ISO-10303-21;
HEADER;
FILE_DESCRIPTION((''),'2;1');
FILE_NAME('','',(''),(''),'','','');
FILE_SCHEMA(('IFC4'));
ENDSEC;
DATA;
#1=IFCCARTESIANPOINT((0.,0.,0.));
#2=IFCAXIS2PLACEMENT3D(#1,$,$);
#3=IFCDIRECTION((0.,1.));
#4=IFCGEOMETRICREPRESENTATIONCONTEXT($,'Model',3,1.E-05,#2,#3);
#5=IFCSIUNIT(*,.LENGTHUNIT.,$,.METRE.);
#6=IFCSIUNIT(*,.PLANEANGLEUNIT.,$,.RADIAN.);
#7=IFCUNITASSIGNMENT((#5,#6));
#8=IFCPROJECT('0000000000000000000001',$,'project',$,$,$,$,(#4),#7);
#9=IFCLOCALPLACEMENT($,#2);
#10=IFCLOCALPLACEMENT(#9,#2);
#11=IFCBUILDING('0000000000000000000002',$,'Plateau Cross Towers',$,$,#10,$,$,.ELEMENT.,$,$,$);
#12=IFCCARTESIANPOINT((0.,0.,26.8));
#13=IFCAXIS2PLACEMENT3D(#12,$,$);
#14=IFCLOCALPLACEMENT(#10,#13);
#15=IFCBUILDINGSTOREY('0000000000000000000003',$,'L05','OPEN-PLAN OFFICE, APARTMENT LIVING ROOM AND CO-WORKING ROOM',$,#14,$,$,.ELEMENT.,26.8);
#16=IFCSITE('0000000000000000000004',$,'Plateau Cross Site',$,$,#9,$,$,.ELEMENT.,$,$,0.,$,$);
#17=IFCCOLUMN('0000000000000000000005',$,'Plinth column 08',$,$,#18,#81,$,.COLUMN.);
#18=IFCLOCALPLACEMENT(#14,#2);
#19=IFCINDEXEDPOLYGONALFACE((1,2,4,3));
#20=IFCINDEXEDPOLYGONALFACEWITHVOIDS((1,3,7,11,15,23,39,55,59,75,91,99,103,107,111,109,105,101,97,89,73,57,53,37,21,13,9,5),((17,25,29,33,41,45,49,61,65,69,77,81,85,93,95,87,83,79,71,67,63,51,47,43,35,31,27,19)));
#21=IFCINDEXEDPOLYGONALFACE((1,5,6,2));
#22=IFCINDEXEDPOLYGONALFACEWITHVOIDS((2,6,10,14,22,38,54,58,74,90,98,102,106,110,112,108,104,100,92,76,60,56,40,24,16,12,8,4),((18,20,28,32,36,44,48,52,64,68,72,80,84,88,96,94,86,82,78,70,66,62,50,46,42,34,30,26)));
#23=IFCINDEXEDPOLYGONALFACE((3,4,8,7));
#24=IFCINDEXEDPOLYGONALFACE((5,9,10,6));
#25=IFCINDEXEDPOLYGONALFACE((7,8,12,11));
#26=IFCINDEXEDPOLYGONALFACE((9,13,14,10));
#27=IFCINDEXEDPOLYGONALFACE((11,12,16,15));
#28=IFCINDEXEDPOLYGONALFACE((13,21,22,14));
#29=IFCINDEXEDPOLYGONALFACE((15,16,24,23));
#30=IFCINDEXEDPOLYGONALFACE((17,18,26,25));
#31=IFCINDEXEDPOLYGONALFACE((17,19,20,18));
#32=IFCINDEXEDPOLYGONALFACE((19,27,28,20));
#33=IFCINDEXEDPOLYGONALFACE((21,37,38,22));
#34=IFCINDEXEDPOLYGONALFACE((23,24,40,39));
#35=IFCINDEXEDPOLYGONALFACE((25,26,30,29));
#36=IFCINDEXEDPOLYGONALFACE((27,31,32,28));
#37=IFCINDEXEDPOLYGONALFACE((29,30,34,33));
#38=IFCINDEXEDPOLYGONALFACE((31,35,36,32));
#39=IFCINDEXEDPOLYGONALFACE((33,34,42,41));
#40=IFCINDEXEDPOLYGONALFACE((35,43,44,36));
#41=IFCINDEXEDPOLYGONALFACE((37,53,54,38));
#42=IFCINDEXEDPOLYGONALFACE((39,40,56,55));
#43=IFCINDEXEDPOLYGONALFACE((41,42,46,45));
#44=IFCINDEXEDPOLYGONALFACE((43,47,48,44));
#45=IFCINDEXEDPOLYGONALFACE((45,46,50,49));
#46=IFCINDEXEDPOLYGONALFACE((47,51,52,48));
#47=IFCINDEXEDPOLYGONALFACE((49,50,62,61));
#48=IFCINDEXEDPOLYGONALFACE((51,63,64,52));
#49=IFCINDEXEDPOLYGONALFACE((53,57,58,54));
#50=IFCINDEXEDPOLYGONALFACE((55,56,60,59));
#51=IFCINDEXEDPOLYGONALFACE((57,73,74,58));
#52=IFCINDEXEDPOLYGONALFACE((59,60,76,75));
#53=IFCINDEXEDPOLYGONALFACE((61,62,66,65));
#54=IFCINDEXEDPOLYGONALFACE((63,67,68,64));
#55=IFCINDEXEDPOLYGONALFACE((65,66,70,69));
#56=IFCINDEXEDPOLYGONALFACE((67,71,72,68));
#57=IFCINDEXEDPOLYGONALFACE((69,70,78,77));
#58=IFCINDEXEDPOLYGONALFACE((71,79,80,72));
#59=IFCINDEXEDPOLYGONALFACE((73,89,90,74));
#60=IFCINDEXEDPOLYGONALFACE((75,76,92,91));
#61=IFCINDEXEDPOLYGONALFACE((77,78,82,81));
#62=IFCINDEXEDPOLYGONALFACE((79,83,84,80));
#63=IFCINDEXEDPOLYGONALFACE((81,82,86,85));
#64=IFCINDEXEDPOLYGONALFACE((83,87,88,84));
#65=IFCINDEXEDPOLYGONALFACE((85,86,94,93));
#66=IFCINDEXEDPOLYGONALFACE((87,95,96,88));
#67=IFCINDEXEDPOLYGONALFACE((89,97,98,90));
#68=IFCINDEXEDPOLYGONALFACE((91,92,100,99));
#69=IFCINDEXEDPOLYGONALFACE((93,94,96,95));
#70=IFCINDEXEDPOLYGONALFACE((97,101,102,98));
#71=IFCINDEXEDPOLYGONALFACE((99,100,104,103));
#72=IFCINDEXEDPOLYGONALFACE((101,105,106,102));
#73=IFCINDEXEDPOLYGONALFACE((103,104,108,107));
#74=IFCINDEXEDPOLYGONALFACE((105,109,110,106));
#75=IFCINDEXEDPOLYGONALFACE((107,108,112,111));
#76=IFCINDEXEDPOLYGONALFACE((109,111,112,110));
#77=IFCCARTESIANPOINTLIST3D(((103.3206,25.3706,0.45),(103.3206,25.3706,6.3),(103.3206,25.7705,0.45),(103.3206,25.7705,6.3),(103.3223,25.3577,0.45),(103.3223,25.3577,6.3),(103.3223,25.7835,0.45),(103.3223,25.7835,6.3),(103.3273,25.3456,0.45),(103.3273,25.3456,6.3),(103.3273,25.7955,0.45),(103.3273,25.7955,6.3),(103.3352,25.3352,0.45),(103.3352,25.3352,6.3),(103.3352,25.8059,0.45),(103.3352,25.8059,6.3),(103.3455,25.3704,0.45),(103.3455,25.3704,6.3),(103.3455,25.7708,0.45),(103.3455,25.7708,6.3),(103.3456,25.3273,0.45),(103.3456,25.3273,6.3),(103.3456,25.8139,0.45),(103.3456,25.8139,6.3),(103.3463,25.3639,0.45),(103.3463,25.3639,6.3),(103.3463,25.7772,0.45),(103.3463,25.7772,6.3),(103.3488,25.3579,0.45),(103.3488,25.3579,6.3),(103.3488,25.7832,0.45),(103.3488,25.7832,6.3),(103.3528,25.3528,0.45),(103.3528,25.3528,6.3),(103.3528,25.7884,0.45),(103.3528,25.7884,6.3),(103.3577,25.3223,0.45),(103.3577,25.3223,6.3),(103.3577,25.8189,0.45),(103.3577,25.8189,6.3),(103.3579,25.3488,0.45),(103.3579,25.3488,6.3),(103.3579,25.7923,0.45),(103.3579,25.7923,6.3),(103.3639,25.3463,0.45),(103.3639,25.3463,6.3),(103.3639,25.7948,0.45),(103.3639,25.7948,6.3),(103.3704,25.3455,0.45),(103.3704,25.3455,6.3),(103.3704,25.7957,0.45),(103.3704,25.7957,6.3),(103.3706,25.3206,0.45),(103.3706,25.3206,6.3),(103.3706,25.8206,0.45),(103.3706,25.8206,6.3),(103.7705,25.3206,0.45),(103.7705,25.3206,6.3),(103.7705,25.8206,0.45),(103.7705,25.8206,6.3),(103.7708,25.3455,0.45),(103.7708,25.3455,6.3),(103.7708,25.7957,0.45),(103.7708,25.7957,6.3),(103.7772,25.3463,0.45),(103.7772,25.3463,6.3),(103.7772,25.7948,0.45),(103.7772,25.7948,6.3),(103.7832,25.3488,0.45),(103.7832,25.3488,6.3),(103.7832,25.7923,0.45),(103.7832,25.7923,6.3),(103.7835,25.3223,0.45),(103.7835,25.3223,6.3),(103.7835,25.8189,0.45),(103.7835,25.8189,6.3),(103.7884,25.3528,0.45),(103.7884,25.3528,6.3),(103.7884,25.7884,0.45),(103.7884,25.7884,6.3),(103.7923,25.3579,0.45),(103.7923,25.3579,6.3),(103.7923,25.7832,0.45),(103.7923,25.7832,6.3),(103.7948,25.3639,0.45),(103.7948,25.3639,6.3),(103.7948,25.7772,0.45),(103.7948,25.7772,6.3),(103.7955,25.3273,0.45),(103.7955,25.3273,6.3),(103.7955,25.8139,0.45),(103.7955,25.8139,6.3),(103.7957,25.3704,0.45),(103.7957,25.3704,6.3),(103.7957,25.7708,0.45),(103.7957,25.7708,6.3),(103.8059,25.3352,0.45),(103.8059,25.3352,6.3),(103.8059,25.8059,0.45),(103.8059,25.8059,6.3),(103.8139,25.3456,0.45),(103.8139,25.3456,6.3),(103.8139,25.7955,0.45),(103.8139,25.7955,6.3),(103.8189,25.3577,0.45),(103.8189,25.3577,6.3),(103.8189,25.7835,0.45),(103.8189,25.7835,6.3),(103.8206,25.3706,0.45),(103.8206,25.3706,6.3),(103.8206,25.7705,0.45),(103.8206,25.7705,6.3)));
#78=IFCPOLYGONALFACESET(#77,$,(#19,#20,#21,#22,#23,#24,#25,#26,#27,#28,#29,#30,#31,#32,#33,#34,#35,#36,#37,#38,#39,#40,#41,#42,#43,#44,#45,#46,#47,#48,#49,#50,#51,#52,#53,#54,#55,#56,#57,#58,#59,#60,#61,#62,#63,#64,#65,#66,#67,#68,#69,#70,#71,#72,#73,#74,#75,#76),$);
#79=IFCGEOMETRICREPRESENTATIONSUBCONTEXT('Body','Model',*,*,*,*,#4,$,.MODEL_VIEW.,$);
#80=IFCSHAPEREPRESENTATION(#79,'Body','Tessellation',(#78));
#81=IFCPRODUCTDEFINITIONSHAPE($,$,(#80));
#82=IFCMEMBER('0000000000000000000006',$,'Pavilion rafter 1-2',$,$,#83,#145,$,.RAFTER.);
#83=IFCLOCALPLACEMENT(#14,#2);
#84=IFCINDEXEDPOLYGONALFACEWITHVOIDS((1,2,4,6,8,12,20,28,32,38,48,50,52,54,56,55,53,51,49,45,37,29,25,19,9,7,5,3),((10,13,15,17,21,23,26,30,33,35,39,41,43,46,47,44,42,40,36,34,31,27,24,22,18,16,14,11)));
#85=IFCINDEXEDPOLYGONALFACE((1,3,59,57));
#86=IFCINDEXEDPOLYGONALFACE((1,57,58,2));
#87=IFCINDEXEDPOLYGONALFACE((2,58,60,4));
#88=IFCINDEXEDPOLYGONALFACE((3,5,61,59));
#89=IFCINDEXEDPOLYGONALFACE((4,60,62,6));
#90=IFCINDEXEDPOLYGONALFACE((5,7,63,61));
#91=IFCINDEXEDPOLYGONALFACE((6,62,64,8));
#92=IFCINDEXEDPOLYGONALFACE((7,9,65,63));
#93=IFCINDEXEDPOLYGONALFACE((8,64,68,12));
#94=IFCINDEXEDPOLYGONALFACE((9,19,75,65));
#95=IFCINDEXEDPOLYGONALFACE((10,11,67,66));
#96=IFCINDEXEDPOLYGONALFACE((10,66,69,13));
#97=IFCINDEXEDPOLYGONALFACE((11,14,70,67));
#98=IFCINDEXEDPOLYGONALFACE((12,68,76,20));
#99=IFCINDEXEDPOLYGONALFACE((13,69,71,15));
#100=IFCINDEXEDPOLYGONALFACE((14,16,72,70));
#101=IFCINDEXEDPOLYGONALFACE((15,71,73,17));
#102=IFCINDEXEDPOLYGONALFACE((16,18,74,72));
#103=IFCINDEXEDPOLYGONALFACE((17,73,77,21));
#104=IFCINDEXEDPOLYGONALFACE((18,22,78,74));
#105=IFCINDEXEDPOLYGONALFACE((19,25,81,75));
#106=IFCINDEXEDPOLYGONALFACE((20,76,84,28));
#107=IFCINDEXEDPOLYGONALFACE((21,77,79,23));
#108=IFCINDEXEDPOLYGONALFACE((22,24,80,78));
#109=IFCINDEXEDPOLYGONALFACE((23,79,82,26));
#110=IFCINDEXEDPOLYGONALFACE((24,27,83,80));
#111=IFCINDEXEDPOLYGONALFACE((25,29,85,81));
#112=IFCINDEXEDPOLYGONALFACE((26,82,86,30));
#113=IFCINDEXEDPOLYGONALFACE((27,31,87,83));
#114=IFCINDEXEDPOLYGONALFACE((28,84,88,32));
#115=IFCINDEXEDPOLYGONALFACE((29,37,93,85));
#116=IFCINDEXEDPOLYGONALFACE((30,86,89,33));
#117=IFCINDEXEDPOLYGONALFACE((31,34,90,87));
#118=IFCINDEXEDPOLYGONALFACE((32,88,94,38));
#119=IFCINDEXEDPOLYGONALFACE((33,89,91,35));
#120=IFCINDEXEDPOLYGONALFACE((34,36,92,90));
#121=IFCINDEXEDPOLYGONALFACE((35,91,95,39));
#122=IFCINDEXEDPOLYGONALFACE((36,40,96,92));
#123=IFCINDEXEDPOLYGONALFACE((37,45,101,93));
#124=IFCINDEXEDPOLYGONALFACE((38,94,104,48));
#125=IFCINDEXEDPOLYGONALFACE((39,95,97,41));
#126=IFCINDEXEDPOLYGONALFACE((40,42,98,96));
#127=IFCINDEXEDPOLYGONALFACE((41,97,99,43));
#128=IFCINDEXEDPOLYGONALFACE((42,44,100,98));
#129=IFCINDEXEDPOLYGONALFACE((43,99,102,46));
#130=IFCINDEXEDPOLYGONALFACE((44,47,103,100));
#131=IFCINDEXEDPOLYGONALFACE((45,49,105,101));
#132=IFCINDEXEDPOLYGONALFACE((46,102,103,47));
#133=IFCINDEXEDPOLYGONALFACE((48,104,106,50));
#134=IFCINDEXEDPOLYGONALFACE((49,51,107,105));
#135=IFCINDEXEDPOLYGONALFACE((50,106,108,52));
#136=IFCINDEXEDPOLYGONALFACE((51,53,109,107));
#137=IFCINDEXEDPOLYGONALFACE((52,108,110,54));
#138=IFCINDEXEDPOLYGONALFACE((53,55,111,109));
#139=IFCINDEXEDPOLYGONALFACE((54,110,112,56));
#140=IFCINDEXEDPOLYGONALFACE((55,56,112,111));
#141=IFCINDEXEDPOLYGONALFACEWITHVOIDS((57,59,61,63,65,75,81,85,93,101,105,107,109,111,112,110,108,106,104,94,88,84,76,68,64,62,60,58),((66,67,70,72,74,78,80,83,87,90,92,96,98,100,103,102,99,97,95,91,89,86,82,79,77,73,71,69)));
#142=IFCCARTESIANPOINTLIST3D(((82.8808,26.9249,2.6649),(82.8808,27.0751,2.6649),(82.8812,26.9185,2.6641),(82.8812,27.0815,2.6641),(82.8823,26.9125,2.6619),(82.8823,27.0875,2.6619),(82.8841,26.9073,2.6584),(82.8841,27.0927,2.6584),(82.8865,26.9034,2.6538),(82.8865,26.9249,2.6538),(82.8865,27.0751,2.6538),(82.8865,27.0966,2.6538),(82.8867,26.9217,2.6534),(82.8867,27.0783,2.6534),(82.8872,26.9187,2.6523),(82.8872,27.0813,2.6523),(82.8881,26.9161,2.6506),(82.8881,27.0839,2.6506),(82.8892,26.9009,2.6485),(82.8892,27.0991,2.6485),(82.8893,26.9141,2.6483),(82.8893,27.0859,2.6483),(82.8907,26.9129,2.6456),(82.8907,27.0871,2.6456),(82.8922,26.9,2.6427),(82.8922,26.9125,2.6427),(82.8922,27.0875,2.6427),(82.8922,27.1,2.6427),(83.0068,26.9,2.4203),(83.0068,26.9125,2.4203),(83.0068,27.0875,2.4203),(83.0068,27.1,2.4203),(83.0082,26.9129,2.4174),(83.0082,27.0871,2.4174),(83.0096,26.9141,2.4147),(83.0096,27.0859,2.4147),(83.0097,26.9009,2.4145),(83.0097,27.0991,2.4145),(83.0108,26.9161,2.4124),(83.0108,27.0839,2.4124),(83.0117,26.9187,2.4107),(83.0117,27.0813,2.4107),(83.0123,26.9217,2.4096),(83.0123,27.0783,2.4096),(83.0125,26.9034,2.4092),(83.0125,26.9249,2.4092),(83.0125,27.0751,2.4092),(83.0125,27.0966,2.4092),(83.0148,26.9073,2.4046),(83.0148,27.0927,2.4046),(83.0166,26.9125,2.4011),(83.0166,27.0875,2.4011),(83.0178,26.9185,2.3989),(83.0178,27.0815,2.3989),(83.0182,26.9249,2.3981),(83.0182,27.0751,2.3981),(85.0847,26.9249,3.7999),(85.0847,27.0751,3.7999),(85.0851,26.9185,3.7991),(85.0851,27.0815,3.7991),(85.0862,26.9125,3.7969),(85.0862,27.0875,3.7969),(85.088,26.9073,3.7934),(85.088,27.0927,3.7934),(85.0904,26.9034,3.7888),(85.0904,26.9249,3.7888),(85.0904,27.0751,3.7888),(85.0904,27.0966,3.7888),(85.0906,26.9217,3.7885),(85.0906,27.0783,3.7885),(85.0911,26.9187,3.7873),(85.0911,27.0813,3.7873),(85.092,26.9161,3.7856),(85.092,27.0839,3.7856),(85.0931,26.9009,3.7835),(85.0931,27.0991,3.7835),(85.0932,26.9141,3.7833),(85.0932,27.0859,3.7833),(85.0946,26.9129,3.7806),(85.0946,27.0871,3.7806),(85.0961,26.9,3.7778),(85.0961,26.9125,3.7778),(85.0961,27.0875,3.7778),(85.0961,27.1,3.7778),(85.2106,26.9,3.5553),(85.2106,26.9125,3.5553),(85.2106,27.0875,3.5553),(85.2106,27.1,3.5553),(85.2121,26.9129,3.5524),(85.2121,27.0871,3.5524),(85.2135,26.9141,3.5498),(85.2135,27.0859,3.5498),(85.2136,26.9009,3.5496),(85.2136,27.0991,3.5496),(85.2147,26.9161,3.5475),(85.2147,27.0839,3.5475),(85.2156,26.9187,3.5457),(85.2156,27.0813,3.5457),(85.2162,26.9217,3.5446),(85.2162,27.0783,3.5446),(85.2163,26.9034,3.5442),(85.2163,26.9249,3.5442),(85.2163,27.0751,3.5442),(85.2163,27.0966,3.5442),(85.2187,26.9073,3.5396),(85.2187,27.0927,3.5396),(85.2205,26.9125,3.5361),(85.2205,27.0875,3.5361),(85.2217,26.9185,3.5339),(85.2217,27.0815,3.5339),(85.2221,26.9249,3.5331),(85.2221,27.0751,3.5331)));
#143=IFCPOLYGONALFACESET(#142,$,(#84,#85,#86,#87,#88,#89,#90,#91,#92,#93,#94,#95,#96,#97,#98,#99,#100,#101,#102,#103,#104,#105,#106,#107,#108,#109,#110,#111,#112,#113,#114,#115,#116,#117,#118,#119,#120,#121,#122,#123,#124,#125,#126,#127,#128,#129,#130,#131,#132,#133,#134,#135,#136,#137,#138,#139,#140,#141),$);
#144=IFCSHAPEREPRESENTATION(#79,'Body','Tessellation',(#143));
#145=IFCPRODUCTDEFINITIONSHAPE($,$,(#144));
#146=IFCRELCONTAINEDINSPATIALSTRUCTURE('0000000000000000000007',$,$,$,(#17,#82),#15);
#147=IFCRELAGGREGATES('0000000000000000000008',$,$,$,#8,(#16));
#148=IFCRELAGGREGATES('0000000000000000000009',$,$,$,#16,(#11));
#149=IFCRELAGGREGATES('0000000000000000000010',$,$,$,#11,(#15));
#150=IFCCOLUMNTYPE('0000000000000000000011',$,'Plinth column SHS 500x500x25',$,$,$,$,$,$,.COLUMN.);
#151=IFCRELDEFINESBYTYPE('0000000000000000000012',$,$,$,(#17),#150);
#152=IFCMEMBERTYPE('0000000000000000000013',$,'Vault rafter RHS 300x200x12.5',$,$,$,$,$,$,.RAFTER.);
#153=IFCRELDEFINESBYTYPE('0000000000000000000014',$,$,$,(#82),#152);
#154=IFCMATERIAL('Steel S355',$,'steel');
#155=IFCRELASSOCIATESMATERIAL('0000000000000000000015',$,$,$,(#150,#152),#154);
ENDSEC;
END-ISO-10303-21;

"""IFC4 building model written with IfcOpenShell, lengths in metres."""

from ifc_helpers import new_model, si_unit, direction, frame, origin, origin_2d, place, context, subcontext, project, spatial, hollow_rectangle, extrude, material, material_profile, profile_set, type_object, element, save


model = new_model("IFC4")

# Units and contexts
model_context = context("Model", 3, precision=1e-05, world=origin(), true_north=direction((0.0, 1.0)))
body_context = subcontext(model_context, "Body", "Model", "MODEL_VIEW")
ifc_project = project(units=[si_unit("LENGTHUNIT", "METRE"), si_unit("PLANEANGLEUNIT", "RADIAN")], contexts=[model_context])

# Site, building, storey
site_placement = place(None, origin())
site = spatial("IfcSite", under=ifc_project, at=site_placement, Name="Plateau Cross Site", CompositionType="ELEMENT", RefElevation=0.0)
building_placement = place(site_placement, origin())
building = spatial("IfcBuilding", under=site, at=building_placement, Name="Plateau Cross Towers", CompositionType="ELEMENT")
storey_placement = place(building_placement, frame((0.0, 0.0, 26.8)))
storey = spatial("IfcBuildingStorey", under=building, at=storey_placement, Name="L05", Description="OPEN-PLAN OFFICE, APARTMENT LIVING ROOM AND CO-WORKING ROOM", CompositionType="ELEMENT", Elevation=26.8)

# Column
ifc_material_1 = material(Name="Steel S355", Category="steel")
ifc_material_profile_1 = material_profile(ifc_material_1, hollow_rectangle(XDim=0.5, YDim=0.5, WallThickness=0.0249, InnerFilletRadius=0.0249, OuterFilletRadius=0.05, at=origin_2d()), Name="SHS 500x500x25")
ifc_profile_set_1 = profile_set([ifc_material_profile_1], Name="Steel S355")
column_type_1 = type_object("IfcColumnType", Name="Plinth column SHS 500x500x25", PredefinedType="COLUMN", material=ifc_profile_set_1)
column_placement = place(storey_placement, frame((103.5706, 25.5706, 0.45), z_axis=(0.0, 0.0, 1.0), x_axis=(1.0, 0.0, 0.0)))
element("IfcColumn", 1, at=column_placement, inside=storey, type_object=column_type_1, Name="Plinth column 08", PredefinedType="COLUMN", context=body_context, shape_type="SweptSolid", body=[
    extrude(hollow_rectangle(XDim=0.5, YDim=0.5, WallThickness=0.0249, InnerFilletRadius=0.0249, OuterFilletRadius=0.05, at=origin_2d()), origin(), (0.0, 0.0, 1.0), 5.8501),
])

# Member
ifc_material_profile_2 = material_profile(ifc_material_1, hollow_rectangle(XDim=0.2, YDim=0.3, WallThickness=0.0125, InnerFilletRadius=0.0125, OuterFilletRadius=0.0249, at=origin_2d()), Name="RHS 300x200x12.5")
ifc_profile_set_2 = profile_set([ifc_material_profile_2], Name="Steel S355")
member_type = type_object("IfcMemberType", Name="Vault rafter RHS 300x200x12.5", PredefinedType="RAFTER", material=ifc_profile_set_2)
member_1_placement = place(storey_placement, frame((82.9495, 27.0, 2.5315), z_axis=(0.889026, 0.0, 0.457858), x_axis=(0.0, 1.0, 0.0)))
element("IfcMember", 2, at=member_1_placement, inside=storey, type_object=member_type, Name="Pavilion rafter 1-2", PredefinedType="RAFTER", context=body_context, shape_type="SweptSolid", body=[
    extrude(hollow_rectangle(XDim=0.2, YDim=0.3, WallThickness=0.0125, InnerFilletRadius=0.0125, OuterFilletRadius=0.0249, at=origin_2d()), origin(), (0.0, 0.0, 1.0), 2.479),
])

save(model, "model.ifc")
